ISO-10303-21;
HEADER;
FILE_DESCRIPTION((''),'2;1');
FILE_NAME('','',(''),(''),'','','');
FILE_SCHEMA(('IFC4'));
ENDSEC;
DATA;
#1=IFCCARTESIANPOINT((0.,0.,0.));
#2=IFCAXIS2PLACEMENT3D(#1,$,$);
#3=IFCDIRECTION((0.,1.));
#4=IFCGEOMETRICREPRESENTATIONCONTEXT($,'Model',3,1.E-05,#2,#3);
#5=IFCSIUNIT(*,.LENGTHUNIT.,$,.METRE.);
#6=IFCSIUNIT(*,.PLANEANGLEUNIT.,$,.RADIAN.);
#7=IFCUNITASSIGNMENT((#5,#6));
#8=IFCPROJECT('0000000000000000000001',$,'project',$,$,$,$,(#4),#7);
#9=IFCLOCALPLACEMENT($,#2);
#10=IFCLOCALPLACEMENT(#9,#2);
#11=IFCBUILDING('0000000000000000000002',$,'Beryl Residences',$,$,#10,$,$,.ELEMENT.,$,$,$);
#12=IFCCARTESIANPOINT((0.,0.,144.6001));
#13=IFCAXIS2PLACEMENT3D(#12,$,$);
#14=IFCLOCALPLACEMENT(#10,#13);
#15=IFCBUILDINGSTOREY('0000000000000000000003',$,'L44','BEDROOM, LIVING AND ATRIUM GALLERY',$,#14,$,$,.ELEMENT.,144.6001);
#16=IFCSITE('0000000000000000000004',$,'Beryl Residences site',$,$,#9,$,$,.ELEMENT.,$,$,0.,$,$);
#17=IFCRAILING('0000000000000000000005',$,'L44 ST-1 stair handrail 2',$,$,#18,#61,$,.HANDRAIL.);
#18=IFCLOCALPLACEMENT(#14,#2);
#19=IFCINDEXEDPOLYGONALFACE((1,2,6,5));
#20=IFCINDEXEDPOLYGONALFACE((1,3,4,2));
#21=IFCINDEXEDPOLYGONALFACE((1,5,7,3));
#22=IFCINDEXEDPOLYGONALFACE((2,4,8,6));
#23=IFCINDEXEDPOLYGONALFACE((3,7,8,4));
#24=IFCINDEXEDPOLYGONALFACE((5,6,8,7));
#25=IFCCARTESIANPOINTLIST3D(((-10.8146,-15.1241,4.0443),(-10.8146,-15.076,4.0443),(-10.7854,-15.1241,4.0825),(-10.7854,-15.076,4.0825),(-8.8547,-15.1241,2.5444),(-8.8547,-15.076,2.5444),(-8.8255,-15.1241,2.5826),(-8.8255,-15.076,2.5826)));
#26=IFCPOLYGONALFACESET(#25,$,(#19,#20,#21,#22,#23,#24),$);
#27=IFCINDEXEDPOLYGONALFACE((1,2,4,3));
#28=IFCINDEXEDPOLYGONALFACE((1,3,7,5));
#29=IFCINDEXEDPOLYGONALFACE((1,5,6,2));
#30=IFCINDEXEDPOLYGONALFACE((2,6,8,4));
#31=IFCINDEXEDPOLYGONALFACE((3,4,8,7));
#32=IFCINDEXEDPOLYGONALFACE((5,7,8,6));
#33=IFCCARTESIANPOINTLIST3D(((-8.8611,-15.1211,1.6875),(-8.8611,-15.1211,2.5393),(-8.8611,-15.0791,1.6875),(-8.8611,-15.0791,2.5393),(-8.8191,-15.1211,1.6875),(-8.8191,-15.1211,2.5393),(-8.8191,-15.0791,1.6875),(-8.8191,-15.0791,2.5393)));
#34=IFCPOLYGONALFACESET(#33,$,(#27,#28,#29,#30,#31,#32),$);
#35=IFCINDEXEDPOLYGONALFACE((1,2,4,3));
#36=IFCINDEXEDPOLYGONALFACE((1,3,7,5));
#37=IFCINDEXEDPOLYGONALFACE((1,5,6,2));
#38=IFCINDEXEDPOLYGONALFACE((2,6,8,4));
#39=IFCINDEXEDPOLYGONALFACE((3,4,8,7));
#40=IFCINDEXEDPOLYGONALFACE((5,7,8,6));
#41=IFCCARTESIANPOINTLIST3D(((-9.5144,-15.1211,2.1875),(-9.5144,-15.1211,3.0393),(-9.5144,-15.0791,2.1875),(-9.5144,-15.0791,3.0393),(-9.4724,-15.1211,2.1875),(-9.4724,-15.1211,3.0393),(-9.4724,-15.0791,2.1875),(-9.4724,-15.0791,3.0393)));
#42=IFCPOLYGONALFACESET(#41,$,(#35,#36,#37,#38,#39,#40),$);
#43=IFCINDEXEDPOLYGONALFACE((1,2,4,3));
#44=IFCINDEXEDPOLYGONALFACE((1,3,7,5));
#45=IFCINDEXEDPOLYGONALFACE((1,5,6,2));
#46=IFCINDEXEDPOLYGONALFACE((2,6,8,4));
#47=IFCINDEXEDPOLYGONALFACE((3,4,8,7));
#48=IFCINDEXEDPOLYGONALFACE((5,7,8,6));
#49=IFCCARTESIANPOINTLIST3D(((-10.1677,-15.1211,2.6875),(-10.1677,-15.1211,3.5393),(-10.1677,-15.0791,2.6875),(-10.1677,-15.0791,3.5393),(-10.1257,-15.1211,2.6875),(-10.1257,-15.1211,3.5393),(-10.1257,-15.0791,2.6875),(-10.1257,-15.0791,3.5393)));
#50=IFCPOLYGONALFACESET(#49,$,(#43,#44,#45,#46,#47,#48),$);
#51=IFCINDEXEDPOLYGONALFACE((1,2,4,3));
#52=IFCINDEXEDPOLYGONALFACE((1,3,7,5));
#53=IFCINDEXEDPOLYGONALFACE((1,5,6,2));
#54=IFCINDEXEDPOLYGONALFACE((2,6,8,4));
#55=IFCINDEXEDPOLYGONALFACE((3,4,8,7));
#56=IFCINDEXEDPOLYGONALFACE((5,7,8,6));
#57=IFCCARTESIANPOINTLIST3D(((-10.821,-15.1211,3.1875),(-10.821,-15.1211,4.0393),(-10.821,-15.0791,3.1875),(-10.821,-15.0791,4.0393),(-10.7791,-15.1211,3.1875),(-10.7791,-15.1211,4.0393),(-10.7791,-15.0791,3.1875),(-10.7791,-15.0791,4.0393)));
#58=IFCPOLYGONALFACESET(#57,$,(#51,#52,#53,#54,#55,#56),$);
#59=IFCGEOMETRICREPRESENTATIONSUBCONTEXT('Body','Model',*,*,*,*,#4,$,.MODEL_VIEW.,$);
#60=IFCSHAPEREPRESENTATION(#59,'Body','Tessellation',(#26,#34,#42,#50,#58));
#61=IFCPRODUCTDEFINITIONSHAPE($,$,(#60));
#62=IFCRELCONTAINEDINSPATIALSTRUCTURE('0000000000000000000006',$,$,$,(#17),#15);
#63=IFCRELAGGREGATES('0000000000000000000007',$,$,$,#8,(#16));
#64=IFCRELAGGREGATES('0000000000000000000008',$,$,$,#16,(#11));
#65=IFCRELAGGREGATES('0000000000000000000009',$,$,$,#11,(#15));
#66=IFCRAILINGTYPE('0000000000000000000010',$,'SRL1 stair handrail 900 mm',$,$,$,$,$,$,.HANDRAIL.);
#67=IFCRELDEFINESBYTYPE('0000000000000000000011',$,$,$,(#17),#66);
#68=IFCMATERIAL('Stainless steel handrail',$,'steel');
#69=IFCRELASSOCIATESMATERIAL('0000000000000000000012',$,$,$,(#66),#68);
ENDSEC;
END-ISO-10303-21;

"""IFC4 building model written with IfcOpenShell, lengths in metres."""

from ifc_helpers import new_model, si_unit, direction, frame, origin, origin_2d, place, context, subcontext, project, spatial, rectangle, extrude, material, type_object, element, save


model = new_model("IFC4")

# Units and contexts
model_context = context("Model", 3, precision=1e-05, world=origin(), true_north=direction((0.0, 1.0)))
body_context = subcontext(model_context, "Body", "Model", "MODEL_VIEW")
ifc_project = project(units=[si_unit("LENGTHUNIT", "METRE"), si_unit("PLANEANGLEUNIT", "RADIAN")], contexts=[model_context])

# Site, building, storey
site_placement = place(None, origin())
site = spatial("IfcSite", under=ifc_project, at=site_placement, Name="Beryl Residences site", CompositionType="ELEMENT", RefElevation=0.0)
building_placement = place(site_placement, origin())
building = spatial("IfcBuilding", under=site, at=building_placement, Name="Beryl Residences", CompositionType="ELEMENT")
storey_placement = place(building_placement, frame((0.0, 0.0, 144.6001)))
storey = spatial("IfcBuildingStorey", under=building, at=storey_placement, Name="L44", Description="BEDROOM, LIVING AND ATRIUM GALLERY", CompositionType="ELEMENT", Elevation=144.6001)

# Railing
ifc_material_1 = material(Name="Stainless steel handrail", Category="steel")
railing_type_1 = type_object("IfcRailingType", Name="SRL1 stair handrail 900 mm", PredefinedType="HANDRAIL", material=ifc_material_1)
railing_1_placement = place(storey_placement, frame((-8.8401, -15.1001, 1.6875)))
element("IfcRailing", 1, at=railing_1_placement, inside=storey, type_object=railing_type_1, Name="L44 ST-1 stair handrail 2", PredefinedType="HANDRAIL", context=body_context, shape_type="SweptSolid", body=[
    extrude(rectangle(XDim=0.0481, YDim=0.0481, at=origin_2d()), frame((0.0, 0.0, 0.876), z_axis=(-0.794122, 0.0, 0.607758), x_axis=(0.0, -1.0, 0.0)), (0.0, 0.0, 1.0), 2.468),
    extrude(rectangle(XDim=0.042, YDim=0.042, at=origin_2d()), origin(), (0.0, 0.0, 1.0), 0.8518),
    extrude(rectangle(XDim=0.042, YDim=0.042, at=origin_2d()), frame((-0.6533, 0.0, 0.5)), (0.0, 0.0, 1.0), 0.8518),
    extrude(rectangle(XDim=0.042, YDim=0.042, at=origin_2d()), frame((-1.3066, 0.0, 1.0)), (0.0, 0.0, 1.0), 0.8518),
    extrude(rectangle(XDim=0.042, YDim=0.042, at=origin_2d()), frame((-1.96, 0.0, 1.5)), (0.0, 0.0, 1.0), 0.8518),
])

save(model, "model.ifc")
